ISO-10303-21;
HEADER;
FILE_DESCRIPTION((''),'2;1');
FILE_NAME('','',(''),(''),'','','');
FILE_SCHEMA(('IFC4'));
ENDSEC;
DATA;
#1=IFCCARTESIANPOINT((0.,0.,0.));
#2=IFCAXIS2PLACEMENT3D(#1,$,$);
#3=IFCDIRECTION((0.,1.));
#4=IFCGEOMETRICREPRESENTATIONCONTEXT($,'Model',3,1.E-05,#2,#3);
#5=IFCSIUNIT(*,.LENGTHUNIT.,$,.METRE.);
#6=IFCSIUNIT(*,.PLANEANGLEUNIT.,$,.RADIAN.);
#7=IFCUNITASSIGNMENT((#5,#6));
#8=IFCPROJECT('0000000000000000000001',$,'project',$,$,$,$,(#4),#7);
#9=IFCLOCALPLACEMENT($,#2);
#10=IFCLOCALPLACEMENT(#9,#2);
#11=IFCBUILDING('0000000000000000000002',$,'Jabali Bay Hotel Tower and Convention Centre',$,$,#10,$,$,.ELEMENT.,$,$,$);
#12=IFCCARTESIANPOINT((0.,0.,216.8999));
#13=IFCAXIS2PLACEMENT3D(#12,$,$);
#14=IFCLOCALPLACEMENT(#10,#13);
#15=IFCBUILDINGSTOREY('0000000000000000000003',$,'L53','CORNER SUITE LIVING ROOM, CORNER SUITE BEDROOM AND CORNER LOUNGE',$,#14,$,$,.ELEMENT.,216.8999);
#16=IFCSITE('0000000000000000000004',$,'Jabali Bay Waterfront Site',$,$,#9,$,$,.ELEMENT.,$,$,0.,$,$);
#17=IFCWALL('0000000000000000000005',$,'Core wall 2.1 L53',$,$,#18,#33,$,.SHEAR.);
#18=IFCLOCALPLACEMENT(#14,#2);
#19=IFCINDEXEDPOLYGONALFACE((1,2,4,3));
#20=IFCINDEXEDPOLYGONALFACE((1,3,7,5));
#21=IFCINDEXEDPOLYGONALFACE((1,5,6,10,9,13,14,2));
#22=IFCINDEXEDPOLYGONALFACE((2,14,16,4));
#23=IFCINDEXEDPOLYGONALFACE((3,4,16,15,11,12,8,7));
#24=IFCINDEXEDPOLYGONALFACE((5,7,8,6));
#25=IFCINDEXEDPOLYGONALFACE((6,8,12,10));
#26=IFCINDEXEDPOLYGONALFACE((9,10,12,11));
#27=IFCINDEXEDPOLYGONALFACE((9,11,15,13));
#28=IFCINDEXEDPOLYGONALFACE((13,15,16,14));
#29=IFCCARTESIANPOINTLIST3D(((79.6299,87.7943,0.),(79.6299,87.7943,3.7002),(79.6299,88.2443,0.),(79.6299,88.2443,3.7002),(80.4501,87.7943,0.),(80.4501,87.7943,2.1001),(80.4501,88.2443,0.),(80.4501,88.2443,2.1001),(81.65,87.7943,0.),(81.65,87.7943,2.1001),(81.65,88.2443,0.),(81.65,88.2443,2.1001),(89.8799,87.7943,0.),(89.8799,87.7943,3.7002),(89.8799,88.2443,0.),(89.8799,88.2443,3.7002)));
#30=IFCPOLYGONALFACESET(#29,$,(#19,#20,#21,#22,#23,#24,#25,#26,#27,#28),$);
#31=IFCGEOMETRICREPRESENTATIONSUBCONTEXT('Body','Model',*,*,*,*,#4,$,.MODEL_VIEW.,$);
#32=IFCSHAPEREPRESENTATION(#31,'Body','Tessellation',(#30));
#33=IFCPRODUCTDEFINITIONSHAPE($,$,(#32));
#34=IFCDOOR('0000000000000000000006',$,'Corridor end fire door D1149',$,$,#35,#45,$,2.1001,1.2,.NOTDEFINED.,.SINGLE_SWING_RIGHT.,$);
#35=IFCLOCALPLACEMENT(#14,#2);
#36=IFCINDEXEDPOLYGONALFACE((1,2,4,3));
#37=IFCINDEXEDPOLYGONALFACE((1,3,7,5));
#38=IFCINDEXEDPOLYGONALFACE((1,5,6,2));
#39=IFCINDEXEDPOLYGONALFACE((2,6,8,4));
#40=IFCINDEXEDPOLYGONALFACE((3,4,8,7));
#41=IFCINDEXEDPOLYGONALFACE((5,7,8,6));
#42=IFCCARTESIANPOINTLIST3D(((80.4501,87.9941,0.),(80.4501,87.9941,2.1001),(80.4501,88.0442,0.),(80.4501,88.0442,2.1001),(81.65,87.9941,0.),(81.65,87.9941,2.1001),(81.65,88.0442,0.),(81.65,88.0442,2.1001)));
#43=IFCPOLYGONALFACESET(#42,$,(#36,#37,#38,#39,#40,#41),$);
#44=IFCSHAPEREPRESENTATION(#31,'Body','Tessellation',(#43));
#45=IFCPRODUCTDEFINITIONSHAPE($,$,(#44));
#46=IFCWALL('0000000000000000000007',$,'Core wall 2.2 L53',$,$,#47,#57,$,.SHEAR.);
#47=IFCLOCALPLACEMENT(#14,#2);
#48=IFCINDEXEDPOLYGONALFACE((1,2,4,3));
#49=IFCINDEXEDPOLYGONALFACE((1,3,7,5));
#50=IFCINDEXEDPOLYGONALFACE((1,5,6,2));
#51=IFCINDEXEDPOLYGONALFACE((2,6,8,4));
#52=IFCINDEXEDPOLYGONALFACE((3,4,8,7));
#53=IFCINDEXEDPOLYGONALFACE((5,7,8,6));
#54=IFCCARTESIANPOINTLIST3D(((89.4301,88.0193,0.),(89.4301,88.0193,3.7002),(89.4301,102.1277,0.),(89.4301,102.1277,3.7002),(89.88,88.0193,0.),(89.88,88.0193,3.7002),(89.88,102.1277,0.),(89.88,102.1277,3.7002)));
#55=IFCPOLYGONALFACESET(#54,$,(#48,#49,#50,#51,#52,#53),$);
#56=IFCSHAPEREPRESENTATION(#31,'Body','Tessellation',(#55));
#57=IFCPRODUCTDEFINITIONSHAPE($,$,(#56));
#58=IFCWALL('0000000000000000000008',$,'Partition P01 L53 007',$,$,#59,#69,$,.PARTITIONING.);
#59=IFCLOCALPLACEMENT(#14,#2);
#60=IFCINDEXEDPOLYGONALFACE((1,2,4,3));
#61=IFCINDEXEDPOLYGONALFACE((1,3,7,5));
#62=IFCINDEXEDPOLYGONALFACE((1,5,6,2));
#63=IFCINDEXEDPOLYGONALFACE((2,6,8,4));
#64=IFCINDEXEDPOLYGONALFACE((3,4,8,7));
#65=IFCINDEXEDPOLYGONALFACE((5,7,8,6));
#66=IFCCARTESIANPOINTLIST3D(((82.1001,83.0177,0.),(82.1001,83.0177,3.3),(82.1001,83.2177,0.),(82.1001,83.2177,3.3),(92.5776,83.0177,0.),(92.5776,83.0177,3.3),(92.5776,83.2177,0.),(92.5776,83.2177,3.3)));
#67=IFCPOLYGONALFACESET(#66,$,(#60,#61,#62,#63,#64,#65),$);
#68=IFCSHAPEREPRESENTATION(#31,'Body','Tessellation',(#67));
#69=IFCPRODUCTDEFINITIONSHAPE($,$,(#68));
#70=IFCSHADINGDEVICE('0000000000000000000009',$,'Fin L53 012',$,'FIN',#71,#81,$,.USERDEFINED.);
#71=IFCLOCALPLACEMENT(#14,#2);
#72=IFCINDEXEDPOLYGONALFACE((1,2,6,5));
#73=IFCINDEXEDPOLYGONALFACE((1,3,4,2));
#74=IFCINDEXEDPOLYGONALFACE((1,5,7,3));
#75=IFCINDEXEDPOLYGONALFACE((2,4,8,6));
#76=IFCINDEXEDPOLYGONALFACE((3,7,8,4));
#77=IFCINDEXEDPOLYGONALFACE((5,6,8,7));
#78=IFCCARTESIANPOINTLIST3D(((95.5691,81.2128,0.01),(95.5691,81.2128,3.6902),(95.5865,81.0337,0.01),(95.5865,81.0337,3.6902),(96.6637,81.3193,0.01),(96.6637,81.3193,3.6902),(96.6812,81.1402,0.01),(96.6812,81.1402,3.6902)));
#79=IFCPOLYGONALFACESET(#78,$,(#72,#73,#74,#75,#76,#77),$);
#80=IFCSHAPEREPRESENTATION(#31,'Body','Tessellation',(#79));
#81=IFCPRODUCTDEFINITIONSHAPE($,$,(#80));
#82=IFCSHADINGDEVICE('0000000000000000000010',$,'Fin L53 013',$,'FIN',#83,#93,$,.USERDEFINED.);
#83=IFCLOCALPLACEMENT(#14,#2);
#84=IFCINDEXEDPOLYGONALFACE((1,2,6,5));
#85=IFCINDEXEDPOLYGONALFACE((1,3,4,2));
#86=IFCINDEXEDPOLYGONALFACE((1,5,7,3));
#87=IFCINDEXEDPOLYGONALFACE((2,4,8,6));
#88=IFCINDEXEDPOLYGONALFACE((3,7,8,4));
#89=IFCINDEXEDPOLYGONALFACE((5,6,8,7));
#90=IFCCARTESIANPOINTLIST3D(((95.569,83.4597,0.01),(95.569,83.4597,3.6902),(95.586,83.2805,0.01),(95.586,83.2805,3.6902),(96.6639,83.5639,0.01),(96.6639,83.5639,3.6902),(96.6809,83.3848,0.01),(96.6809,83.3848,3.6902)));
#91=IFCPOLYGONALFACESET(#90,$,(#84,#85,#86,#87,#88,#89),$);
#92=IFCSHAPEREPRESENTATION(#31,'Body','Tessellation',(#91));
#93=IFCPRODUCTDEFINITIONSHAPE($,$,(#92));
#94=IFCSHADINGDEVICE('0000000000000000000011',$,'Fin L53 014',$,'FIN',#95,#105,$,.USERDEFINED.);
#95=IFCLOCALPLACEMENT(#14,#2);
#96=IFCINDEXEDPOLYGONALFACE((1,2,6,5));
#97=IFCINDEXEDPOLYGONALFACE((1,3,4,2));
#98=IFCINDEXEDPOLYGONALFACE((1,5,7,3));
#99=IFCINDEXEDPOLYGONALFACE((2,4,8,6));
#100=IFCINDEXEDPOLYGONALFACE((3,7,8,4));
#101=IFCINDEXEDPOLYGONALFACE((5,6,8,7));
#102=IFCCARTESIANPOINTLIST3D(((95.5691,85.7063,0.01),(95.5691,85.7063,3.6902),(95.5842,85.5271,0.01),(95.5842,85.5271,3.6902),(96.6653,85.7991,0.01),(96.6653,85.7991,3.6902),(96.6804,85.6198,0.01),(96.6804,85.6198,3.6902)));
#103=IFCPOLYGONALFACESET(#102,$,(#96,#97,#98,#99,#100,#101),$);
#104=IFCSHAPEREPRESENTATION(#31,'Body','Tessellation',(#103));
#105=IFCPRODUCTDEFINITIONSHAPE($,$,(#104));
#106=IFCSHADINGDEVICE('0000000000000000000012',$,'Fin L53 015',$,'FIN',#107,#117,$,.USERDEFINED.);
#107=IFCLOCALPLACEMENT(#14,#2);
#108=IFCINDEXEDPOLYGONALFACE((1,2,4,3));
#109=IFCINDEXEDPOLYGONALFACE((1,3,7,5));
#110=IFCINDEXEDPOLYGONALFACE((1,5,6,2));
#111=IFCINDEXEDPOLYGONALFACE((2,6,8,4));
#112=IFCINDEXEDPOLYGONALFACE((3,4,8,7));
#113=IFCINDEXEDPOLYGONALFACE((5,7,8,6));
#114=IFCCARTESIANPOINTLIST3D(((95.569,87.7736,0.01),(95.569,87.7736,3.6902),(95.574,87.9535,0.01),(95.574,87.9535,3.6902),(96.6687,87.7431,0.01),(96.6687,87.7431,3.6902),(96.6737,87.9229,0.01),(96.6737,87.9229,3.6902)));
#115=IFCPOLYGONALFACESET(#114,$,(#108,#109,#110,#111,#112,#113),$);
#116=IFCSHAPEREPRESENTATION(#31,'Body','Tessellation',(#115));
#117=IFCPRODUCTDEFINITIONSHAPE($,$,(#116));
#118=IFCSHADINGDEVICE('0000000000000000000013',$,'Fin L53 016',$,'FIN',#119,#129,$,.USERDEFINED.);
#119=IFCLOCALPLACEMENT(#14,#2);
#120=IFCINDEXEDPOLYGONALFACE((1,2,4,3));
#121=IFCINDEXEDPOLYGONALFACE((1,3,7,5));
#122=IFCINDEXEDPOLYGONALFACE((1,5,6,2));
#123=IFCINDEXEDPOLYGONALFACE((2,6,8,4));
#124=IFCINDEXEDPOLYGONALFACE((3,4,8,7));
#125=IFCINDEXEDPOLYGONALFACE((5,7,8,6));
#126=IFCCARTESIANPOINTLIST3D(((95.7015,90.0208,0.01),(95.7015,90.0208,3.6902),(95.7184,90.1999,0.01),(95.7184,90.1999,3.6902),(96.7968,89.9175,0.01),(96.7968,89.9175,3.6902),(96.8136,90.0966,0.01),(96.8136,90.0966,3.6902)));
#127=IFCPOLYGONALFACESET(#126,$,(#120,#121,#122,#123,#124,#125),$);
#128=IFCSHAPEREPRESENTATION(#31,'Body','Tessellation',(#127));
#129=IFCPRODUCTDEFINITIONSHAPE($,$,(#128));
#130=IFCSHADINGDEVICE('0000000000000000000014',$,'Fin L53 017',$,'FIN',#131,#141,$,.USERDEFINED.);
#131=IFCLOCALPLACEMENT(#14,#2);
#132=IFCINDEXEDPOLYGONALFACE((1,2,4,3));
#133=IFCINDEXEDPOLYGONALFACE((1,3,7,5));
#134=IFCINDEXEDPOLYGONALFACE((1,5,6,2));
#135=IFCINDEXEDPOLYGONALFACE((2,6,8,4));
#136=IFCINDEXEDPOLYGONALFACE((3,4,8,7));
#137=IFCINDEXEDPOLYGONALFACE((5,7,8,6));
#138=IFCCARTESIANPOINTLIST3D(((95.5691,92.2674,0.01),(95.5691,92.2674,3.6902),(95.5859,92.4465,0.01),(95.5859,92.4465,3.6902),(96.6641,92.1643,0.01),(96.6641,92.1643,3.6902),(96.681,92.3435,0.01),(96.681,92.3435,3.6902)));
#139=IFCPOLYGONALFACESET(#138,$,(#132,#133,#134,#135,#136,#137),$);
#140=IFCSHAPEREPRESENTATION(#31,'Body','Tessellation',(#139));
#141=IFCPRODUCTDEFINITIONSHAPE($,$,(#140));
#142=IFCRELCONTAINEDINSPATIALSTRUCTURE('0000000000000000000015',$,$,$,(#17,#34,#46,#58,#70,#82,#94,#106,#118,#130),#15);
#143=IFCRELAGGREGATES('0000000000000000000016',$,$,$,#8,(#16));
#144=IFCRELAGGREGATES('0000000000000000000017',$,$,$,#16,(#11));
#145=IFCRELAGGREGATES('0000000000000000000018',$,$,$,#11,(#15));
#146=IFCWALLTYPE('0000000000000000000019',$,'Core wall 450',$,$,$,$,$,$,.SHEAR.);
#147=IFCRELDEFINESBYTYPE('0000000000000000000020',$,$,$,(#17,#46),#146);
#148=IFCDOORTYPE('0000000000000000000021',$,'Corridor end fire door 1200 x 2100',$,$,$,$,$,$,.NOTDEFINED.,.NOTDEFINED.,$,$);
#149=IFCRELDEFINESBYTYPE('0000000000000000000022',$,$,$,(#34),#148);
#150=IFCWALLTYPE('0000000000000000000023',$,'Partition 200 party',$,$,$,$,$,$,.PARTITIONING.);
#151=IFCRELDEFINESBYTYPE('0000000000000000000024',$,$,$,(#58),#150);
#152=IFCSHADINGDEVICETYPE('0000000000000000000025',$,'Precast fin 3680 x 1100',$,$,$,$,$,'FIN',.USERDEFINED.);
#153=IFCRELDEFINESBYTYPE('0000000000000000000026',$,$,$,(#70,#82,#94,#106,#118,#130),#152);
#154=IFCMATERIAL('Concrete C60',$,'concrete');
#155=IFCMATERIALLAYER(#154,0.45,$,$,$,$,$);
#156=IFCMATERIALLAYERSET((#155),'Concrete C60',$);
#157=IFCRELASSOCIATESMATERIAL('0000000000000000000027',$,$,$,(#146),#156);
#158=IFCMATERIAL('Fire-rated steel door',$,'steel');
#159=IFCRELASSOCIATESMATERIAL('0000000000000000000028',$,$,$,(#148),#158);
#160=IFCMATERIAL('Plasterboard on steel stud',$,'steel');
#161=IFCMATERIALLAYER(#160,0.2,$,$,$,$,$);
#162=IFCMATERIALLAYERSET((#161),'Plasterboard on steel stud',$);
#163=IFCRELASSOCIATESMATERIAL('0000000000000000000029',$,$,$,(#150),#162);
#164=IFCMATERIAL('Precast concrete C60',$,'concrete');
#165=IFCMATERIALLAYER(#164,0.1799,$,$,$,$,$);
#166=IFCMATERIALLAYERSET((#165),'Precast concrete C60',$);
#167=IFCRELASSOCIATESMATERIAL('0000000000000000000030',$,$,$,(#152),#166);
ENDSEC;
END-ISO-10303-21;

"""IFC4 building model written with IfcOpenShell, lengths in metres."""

from ifc_helpers import new_model, si_unit, direction, frame, frame_2d, origin, place, context, subcontext, project, spatial, rectangle, extrude, material, layer, layer_set, type_object, element, fill, save


model = new_model("IFC4")

# Units and contexts
model_context = context("Model", 3, precision=1e-05, world=origin(), true_north=direction((0.0, 1.0)))
body_context = subcontext(model_context, "Body", "Model", "MODEL_VIEW")
ifc_project = project(units=[si_unit("LENGTHUNIT", "METRE"), si_unit("PLANEANGLEUNIT", "RADIAN")], contexts=[model_context])

# Site, building, storey
site_placement = place(None, origin())
site = spatial("IfcSite", under=ifc_project, at=site_placement, Name="Jabali Bay Waterfront Site", CompositionType="ELEMENT", RefElevation=0.0)
building_placement = place(site_placement, origin())
building = spatial("IfcBuilding", under=site, at=building_placement, Name="Jabali Bay Hotel Tower and Convention Centre", CompositionType="ELEMENT")
storey_placement = place(building_placement, frame((0.0, 0.0, 216.8999)))
storey = spatial("IfcBuildingStorey", under=building, at=storey_placement, Name="L53", Description="CORNER SUITE LIVING ROOM, CORNER SUITE BEDROOM AND CORNER LOUNGE", CompositionType="ELEMENT", Elevation=216.8999)

# Shared definitions
ifc_material_1 = material(Name="Concrete C60", Category="concrete")

# Shared definitions
ifc_material_2 = material(Name="Fire-rated steel door", Category="steel")

# Wall, opening, door
ifc_layer_1 = layer(ifc_material_1, 0.45)
ifc_layer_set_1 = layer_set([ifc_layer_1], Name="Concrete C60")
wall_type_1 = type_object("IfcWallType", Name="Core wall 450", PredefinedType="SHEAR", material=ifc_layer_set_1)
wall_1_placement = place(storey_placement, frame((79.6299, 88.0193, 0.0), z_axis=(0.0, 0.0, 1.0), x_axis=(1.0, 0.0, 0.0)))
wall_1 = element("IfcWall", 1, at=wall_1_placement, inside=storey, type_object=wall_type_1, Name="Core wall 2.1 L53", PredefinedType="SHEAR", context=body_context, shape_type="SweptSolid", body=[
    extrude(rectangle(XDim=10.25, YDim=0.45, at=frame_2d((5.125, 0.0))), origin(), (0.0, 0.0, 1.0), 3.7002),
])
opening_1_placement = place(wall_1_placement, frame((0.8201, 0.0, 0.0)))
opening_1 = element("IfcOpeningElement", 2, at=opening_1_placement, cuts=wall_1, PredefinedType="OPENING", context=body_context, shape_type="SweptSolid", body=[
    extrude(rectangle(XDim=1.2, YDim=2.1001, at=frame_2d((0.6001, 1.05))), frame((0.0, 0.2354, 0.0), z_axis=(0.0, -1.0, 0.0), x_axis=(1.0, 0.0, 0.0)), (0.0, 0.0, 1.0), 0.4709),
])
door_type_1 = type_object("IfcDoorType", Name="Corridor end fire door 1200 x 2100", OperationType="NOTDEFINED", PredefinedType="NOTDEFINED", material=ifc_material_2)
door_1_placement = place(opening_1_placement, origin())
door_1 = element("IfcDoor", 3, at=door_1_placement, inside=storey, type_object=door_type_1, Name="Corridor end fire door D1149", OperationType="SINGLE_SWING_RIGHT", OverallHeight=2.1001, OverallWidth=1.2, PredefinedType="NOTDEFINED", context=body_context, shape_type="SweptSolid", body=[
    extrude(rectangle(XDim=1.2, YDim=2.1001, at=frame_2d((0.6001, 1.05))), frame((0.0, 0.0249, 0.0), z_axis=(0.0, -1.0, 0.0), x_axis=(1.0, 0.0, 0.0)), (0.0, 0.0, 1.0), 0.05),
])
fill(opening_1, door_1)

# Walls
wall_2_placement = place(storey_placement, frame((89.655, 88.0193, 0.0), z_axis=(0.0, 0.0, 1.0), x_axis=(0.0, 1.0, 0.0)))
element("IfcWall", 4, at=wall_2_placement, inside=storey, type_object=wall_type_1, Name="Core wall 2.2 L53", PredefinedType="SHEAR", context=body_context, shape_type="SweptSolid", body=[
    extrude(rectangle(XDim=14.1084, YDim=0.45, at=frame_2d((7.0542, 0.0))), origin(), (0.0, 0.0, 1.0), 3.7002),
])
ifc_material_3 = material(Name="Plasterboard on steel stud", Category="steel")
ifc_layer_2 = layer(ifc_material_3, 0.2)
ifc_layer_set_2 = layer_set([ifc_layer_2], Name="Plasterboard on steel stud")
wall_type_2 = type_object("IfcWallType", Name="Partition 200 party", PredefinedType="PARTITIONING", material=ifc_layer_set_2)
wall_3_placement = place(storey_placement, frame((92.5776, 83.1177, 0.0), z_axis=(0.0, 0.0, 1.0), x_axis=(-1.0, 0.0, 0.0)))
element("IfcWall", 5, at=wall_3_placement, inside=storey, type_object=wall_type_2, Name="Partition P01 L53 007", PredefinedType="PARTITIONING", context=body_context, shape_type="SweptSolid", body=[
    extrude(rectangle(XDim=10.4775, YDim=0.2, at=frame_2d((5.2388, 0.0))), origin(), (0.0, 0.0, 1.0), 3.3),
])

# Shading devices
ifc_material_4 = material(Name="Precast concrete C60", Category="concrete")
ifc_layer_3 = layer(ifc_material_4, 0.1799)
ifc_layer_set_3 = layer_set([ifc_layer_3], Name="Precast concrete C60")
shading_device_type = type_object("IfcShadingDeviceType", Name="Precast fin 3680 x 1100", ElementType="FIN", PredefinedType="USERDEFINED", material=ifc_layer_set_3)
for number, where, z_axis, x_axis, name in (
    (6, (95.5779, 81.1233, 0.01), (0.0, 0.0, 1.0), (0.995306, 0.096778, 0.0), "Fin L53 012"),
    (7, (95.5776, 83.3701, 0.01), (0.0, 0.0, 1.0), (0.995498, 0.094778, 0.0), "Fin L53 013"),
):
    element("IfcShadingDevice", number, at=place(storey_placement, frame(where, z_axis=z_axis, x_axis=x_axis)), inside=storey, type_object=shading_device_type, Name=name, ObjectType="FIN", PredefinedType="USERDEFINED", context=body_context, shape_type="SweptSolid", body=[
        extrude(rectangle(XDim=1.0999, YDim=0.1799, at=frame_2d((0.5498, 0.0))), origin(), (0.0, 0.0, 1.0), 3.6802),
    ])
for number, where, z_axis, x_axis, name in (
    (8, (95.5767, 85.6167, 0.01), (0.0, 0.0, 1.0), (0.996438, 0.084331, 0.0), "Fin L53 014"),
    (9, (95.5715, 87.8635, 0.01), (0.0, 0.0, 1.0), (0.999615, -0.027742, 0.0), "Fin L53 015"),
    (10, (95.71, 90.1104, 0.01), (0.0, 0.0, 1.0), (0.995584, -0.093877, 0.0), "Fin L53 016"),
):
    element("IfcShadingDevice", number, at=place(storey_placement, frame(where, z_axis=z_axis, x_axis=x_axis)), inside=storey, type_object=shading_device_type, Name=name, ObjectType="FIN", PredefinedType="USERDEFINED", context=body_context, shape_type="SweptSolid", body=[
        extrude(rectangle(XDim=1.1001, YDim=0.1799, at=frame_2d((0.55, 0.0))), origin(), (0.0, 0.0, 1.0), 3.6802),
    ])
shading_device_placement = place(storey_placement, frame((95.5776, 92.3569, 0.01), z_axis=(0.0, 0.0, 1.0), x_axis=(0.995603, -0.093678, 0.0)))
element("IfcShadingDevice", 11, at=shading_device_placement, inside=storey, type_object=shading_device_type, Name="Fin L53 017", ObjectType="FIN", PredefinedType="USERDEFINED", context=body_context, shape_type="SweptSolid", body=[
    extrude(rectangle(XDim=1.0999, YDim=0.1799, at=frame_2d((0.5498, 0.0))), origin(), (0.0, 0.0, 1.0), 3.6802),
])

save(model, "model.ifc")
